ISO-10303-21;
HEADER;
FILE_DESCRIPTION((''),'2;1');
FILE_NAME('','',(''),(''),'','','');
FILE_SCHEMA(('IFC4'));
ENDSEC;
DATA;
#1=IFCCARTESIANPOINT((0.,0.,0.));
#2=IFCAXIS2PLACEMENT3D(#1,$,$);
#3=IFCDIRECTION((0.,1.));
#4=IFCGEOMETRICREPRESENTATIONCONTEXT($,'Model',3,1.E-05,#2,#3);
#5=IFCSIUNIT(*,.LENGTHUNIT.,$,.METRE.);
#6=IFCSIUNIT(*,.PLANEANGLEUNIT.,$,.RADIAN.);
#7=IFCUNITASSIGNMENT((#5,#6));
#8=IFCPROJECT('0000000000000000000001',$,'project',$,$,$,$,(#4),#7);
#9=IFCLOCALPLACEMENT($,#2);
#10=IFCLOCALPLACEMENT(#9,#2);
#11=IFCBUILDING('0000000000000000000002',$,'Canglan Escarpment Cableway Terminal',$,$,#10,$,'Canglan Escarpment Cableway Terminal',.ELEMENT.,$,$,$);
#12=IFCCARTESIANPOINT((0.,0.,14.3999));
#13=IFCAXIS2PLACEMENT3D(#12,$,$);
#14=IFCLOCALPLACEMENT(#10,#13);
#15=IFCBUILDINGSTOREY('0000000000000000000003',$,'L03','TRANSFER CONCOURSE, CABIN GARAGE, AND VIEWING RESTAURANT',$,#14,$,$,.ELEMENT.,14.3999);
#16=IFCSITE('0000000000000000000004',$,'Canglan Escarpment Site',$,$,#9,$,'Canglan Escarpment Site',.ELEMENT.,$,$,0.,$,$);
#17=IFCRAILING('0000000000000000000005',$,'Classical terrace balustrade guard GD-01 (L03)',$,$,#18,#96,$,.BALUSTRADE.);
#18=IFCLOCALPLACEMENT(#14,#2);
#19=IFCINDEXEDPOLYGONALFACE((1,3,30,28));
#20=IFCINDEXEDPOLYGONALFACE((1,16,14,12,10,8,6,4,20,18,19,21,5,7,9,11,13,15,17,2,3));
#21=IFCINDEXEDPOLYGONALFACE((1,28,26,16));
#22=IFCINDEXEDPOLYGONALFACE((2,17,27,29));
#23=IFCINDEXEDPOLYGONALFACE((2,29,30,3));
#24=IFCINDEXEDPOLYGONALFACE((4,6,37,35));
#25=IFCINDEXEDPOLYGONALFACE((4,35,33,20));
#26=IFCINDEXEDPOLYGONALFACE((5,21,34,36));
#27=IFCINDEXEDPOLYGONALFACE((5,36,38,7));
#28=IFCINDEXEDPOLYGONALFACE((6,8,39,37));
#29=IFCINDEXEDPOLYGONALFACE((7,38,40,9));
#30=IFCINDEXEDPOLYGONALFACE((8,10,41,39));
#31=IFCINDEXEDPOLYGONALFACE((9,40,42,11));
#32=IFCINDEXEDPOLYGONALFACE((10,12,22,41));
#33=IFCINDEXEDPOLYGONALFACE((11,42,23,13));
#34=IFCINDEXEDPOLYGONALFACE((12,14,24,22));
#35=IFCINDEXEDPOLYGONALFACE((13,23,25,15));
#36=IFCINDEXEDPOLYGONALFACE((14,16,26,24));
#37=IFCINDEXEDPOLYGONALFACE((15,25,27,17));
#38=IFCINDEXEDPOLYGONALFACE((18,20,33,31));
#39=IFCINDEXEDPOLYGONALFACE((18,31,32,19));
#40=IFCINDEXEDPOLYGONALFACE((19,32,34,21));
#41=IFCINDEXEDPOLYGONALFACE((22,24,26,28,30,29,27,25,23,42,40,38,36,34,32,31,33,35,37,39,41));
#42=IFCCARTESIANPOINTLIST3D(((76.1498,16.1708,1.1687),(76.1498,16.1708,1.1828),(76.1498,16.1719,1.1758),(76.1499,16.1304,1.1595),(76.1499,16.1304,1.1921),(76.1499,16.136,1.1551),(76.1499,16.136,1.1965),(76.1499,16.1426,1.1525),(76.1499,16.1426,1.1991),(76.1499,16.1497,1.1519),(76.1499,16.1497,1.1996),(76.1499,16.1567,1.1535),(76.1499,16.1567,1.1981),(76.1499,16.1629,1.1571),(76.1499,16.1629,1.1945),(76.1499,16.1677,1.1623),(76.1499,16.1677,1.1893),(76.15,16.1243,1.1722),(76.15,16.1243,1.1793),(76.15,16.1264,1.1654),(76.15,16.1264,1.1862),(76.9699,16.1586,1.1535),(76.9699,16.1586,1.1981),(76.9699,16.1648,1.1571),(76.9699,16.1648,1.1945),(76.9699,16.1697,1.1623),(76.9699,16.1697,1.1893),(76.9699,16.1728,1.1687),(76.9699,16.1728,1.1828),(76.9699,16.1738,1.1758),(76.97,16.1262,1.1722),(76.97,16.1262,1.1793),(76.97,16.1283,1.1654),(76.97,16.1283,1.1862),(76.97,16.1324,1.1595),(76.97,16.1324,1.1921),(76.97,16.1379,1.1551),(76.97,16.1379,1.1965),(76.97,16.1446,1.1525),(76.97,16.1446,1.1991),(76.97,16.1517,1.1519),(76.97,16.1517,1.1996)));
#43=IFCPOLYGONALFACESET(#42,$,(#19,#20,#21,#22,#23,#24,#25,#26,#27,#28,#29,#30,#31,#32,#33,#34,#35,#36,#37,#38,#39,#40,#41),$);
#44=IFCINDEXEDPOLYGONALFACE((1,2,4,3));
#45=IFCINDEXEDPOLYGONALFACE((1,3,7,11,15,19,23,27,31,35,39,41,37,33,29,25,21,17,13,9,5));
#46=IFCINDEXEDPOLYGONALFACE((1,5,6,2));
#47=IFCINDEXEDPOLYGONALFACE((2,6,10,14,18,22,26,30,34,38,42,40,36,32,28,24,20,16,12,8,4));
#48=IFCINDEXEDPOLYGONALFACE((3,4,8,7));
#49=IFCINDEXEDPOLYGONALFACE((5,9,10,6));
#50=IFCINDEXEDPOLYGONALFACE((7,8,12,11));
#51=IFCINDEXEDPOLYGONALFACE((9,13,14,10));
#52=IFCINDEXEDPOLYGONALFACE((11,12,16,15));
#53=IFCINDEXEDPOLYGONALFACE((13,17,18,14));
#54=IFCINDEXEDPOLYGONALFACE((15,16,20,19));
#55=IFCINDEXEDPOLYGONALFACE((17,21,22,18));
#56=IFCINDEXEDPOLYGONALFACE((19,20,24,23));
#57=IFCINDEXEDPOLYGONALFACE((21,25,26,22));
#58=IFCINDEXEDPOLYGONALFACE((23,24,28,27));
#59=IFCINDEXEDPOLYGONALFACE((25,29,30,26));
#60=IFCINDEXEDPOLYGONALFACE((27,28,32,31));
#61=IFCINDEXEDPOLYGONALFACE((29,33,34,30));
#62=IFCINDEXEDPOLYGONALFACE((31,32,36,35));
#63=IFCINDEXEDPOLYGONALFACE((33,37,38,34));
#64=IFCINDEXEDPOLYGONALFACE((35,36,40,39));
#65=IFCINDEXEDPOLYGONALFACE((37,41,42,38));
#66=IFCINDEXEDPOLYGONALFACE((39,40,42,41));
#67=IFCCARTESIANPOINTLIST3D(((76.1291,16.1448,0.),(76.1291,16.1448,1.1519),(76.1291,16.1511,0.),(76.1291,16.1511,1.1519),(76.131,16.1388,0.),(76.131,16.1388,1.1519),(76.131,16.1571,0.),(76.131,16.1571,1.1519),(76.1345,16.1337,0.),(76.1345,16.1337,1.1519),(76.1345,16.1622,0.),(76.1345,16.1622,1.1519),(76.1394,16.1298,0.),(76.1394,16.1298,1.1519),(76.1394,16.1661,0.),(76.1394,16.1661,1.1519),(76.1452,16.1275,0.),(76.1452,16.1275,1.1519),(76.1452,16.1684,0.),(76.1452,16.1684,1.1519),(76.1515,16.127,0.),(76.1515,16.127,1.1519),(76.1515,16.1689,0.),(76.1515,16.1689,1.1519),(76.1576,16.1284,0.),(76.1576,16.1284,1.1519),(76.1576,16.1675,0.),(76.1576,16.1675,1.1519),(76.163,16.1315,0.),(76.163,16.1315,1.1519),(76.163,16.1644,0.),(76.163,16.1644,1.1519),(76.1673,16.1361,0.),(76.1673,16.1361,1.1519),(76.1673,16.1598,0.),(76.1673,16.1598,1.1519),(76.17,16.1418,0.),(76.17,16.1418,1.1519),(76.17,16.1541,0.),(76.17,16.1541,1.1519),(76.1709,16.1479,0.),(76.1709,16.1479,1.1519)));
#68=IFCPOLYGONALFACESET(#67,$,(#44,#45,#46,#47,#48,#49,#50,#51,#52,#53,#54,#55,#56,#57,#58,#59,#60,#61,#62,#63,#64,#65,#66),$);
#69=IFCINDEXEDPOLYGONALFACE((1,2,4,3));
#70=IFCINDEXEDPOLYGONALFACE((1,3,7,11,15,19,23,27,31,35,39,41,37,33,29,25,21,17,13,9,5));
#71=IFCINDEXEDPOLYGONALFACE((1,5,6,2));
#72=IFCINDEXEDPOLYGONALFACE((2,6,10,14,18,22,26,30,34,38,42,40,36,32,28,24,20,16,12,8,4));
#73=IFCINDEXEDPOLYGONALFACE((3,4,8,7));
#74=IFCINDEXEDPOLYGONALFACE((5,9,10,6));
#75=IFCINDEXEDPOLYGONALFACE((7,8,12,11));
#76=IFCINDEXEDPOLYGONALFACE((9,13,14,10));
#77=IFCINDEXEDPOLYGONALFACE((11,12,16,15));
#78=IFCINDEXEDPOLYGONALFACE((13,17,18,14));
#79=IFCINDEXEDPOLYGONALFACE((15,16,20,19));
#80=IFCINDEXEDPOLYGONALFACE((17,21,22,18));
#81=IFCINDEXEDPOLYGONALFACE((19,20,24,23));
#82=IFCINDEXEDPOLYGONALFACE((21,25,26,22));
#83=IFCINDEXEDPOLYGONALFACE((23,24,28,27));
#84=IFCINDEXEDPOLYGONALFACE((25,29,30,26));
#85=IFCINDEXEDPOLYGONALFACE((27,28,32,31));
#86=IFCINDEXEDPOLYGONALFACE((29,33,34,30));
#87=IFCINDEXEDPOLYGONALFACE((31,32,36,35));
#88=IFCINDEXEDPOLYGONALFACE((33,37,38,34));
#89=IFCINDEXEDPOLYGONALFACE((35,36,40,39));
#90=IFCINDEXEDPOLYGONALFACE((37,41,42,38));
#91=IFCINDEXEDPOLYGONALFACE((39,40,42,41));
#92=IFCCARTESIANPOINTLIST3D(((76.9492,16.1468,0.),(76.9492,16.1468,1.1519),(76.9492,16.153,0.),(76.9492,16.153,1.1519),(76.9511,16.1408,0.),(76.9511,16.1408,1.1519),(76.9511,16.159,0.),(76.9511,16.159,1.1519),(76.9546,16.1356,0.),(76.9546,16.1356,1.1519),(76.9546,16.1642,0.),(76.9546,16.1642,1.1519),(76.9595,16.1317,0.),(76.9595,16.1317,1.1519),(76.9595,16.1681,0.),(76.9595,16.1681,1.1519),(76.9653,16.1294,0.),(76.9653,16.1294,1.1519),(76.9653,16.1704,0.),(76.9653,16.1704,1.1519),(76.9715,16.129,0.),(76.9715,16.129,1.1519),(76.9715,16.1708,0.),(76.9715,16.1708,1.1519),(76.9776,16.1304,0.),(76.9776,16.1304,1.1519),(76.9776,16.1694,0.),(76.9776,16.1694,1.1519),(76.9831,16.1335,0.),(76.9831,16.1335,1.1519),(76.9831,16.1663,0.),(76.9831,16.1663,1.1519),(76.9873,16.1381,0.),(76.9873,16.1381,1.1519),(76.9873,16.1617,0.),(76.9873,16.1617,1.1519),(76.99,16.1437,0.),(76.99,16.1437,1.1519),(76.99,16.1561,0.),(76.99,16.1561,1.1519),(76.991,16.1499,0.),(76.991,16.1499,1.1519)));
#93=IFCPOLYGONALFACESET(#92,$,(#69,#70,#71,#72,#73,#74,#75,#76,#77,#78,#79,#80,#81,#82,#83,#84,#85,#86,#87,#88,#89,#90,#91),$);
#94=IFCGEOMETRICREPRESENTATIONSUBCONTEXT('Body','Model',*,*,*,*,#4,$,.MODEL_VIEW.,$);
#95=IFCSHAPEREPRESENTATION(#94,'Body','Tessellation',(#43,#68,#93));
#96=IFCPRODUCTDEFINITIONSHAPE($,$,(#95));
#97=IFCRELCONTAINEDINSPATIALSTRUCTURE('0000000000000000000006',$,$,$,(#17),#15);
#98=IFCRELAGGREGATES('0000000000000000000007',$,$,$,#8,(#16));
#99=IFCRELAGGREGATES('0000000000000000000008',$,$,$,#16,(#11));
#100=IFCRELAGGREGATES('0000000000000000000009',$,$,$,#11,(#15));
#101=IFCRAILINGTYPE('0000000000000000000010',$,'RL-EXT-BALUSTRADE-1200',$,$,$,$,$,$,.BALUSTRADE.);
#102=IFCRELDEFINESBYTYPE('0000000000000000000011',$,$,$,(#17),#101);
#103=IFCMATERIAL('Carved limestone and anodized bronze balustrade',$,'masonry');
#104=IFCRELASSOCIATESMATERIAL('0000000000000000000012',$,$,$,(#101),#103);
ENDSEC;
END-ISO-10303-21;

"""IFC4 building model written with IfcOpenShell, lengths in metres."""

from ifc_helpers import new_model, si_unit, direction, frame, origin, origin_2d, place, context, subcontext, project, spatial, circle, extrude, material, type_object, element, save


model = new_model("IFC4")

# Units and contexts
model_context = context("Model", 3, precision=1e-05, world=origin(), true_north=direction((0.0, 1.0)))
body_context = subcontext(model_context, "Body", "Model", "MODEL_VIEW")
ifc_project = project(units=[si_unit("LENGTHUNIT", "METRE"), si_unit("PLANEANGLEUNIT", "RADIAN")], contexts=[model_context])

# Site, building, storey
site_placement = place(None, origin())
site = spatial("IfcSite", under=ifc_project, at=site_placement, Name="Canglan Escarpment Site", LongName="Canglan Escarpment Site", CompositionType="ELEMENT", RefElevation=0.0)
building_placement = place(site_placement, origin())
building = spatial("IfcBuilding", under=site, at=building_placement, Name="Canglan Escarpment Cableway Terminal", LongName="Canglan Escarpment Cableway Terminal", CompositionType="ELEMENT")
storey_placement = place(building_placement, frame((0.0, 0.0, 14.3999)))
storey = spatial("IfcBuildingStorey", under=building, at=storey_placement, Name="L03", Description="TRANSFER CONCOURSE, CABIN GARAGE, AND VIEWING RESTAURANT", CompositionType="ELEMENT", Elevation=14.3999)

# Railing
ifc_material_1 = material(Name="Carved limestone and anodized bronze balustrade", Category="masonry")
railing_type = type_object("IfcRailingType", Name="RL-EXT-BALUSTRADE-1200", PredefinedType="BALUSTRADE", material=ifc_material_1)
railing_1_placement = place(storey_placement, frame((76.1499, 16.1479, 0.0)))
element("IfcRailing", 1, at=railing_1_placement, inside=storey, type_object=railing_type, Name="Classical terrace balustrade guard GD-01 (L03)", PredefinedType="BALUSTRADE", context=body_context, shape_type="SweptSolid", body=[
    extrude(circle(Radius=0.0239, at=origin_2d()), frame((0.0, 0.0, 1.1758), z_axis=(0.999997, 0.002382, 0.0), x_axis=(-0.002382, 0.999997, 0.0)), (0.0, 0.0, 1.0), 0.8201),
    extrude(circle(Radius=0.021, at=origin_2d()), origin(), (0.0, 0.0, 1.0), 1.1519),
    extrude(circle(Radius=0.021, at=origin_2d()), frame((0.8201, 0.002, 0.0)), (0.0, 0.0, 1.0), 1.1519),
])

save(model, "model.ifc")
